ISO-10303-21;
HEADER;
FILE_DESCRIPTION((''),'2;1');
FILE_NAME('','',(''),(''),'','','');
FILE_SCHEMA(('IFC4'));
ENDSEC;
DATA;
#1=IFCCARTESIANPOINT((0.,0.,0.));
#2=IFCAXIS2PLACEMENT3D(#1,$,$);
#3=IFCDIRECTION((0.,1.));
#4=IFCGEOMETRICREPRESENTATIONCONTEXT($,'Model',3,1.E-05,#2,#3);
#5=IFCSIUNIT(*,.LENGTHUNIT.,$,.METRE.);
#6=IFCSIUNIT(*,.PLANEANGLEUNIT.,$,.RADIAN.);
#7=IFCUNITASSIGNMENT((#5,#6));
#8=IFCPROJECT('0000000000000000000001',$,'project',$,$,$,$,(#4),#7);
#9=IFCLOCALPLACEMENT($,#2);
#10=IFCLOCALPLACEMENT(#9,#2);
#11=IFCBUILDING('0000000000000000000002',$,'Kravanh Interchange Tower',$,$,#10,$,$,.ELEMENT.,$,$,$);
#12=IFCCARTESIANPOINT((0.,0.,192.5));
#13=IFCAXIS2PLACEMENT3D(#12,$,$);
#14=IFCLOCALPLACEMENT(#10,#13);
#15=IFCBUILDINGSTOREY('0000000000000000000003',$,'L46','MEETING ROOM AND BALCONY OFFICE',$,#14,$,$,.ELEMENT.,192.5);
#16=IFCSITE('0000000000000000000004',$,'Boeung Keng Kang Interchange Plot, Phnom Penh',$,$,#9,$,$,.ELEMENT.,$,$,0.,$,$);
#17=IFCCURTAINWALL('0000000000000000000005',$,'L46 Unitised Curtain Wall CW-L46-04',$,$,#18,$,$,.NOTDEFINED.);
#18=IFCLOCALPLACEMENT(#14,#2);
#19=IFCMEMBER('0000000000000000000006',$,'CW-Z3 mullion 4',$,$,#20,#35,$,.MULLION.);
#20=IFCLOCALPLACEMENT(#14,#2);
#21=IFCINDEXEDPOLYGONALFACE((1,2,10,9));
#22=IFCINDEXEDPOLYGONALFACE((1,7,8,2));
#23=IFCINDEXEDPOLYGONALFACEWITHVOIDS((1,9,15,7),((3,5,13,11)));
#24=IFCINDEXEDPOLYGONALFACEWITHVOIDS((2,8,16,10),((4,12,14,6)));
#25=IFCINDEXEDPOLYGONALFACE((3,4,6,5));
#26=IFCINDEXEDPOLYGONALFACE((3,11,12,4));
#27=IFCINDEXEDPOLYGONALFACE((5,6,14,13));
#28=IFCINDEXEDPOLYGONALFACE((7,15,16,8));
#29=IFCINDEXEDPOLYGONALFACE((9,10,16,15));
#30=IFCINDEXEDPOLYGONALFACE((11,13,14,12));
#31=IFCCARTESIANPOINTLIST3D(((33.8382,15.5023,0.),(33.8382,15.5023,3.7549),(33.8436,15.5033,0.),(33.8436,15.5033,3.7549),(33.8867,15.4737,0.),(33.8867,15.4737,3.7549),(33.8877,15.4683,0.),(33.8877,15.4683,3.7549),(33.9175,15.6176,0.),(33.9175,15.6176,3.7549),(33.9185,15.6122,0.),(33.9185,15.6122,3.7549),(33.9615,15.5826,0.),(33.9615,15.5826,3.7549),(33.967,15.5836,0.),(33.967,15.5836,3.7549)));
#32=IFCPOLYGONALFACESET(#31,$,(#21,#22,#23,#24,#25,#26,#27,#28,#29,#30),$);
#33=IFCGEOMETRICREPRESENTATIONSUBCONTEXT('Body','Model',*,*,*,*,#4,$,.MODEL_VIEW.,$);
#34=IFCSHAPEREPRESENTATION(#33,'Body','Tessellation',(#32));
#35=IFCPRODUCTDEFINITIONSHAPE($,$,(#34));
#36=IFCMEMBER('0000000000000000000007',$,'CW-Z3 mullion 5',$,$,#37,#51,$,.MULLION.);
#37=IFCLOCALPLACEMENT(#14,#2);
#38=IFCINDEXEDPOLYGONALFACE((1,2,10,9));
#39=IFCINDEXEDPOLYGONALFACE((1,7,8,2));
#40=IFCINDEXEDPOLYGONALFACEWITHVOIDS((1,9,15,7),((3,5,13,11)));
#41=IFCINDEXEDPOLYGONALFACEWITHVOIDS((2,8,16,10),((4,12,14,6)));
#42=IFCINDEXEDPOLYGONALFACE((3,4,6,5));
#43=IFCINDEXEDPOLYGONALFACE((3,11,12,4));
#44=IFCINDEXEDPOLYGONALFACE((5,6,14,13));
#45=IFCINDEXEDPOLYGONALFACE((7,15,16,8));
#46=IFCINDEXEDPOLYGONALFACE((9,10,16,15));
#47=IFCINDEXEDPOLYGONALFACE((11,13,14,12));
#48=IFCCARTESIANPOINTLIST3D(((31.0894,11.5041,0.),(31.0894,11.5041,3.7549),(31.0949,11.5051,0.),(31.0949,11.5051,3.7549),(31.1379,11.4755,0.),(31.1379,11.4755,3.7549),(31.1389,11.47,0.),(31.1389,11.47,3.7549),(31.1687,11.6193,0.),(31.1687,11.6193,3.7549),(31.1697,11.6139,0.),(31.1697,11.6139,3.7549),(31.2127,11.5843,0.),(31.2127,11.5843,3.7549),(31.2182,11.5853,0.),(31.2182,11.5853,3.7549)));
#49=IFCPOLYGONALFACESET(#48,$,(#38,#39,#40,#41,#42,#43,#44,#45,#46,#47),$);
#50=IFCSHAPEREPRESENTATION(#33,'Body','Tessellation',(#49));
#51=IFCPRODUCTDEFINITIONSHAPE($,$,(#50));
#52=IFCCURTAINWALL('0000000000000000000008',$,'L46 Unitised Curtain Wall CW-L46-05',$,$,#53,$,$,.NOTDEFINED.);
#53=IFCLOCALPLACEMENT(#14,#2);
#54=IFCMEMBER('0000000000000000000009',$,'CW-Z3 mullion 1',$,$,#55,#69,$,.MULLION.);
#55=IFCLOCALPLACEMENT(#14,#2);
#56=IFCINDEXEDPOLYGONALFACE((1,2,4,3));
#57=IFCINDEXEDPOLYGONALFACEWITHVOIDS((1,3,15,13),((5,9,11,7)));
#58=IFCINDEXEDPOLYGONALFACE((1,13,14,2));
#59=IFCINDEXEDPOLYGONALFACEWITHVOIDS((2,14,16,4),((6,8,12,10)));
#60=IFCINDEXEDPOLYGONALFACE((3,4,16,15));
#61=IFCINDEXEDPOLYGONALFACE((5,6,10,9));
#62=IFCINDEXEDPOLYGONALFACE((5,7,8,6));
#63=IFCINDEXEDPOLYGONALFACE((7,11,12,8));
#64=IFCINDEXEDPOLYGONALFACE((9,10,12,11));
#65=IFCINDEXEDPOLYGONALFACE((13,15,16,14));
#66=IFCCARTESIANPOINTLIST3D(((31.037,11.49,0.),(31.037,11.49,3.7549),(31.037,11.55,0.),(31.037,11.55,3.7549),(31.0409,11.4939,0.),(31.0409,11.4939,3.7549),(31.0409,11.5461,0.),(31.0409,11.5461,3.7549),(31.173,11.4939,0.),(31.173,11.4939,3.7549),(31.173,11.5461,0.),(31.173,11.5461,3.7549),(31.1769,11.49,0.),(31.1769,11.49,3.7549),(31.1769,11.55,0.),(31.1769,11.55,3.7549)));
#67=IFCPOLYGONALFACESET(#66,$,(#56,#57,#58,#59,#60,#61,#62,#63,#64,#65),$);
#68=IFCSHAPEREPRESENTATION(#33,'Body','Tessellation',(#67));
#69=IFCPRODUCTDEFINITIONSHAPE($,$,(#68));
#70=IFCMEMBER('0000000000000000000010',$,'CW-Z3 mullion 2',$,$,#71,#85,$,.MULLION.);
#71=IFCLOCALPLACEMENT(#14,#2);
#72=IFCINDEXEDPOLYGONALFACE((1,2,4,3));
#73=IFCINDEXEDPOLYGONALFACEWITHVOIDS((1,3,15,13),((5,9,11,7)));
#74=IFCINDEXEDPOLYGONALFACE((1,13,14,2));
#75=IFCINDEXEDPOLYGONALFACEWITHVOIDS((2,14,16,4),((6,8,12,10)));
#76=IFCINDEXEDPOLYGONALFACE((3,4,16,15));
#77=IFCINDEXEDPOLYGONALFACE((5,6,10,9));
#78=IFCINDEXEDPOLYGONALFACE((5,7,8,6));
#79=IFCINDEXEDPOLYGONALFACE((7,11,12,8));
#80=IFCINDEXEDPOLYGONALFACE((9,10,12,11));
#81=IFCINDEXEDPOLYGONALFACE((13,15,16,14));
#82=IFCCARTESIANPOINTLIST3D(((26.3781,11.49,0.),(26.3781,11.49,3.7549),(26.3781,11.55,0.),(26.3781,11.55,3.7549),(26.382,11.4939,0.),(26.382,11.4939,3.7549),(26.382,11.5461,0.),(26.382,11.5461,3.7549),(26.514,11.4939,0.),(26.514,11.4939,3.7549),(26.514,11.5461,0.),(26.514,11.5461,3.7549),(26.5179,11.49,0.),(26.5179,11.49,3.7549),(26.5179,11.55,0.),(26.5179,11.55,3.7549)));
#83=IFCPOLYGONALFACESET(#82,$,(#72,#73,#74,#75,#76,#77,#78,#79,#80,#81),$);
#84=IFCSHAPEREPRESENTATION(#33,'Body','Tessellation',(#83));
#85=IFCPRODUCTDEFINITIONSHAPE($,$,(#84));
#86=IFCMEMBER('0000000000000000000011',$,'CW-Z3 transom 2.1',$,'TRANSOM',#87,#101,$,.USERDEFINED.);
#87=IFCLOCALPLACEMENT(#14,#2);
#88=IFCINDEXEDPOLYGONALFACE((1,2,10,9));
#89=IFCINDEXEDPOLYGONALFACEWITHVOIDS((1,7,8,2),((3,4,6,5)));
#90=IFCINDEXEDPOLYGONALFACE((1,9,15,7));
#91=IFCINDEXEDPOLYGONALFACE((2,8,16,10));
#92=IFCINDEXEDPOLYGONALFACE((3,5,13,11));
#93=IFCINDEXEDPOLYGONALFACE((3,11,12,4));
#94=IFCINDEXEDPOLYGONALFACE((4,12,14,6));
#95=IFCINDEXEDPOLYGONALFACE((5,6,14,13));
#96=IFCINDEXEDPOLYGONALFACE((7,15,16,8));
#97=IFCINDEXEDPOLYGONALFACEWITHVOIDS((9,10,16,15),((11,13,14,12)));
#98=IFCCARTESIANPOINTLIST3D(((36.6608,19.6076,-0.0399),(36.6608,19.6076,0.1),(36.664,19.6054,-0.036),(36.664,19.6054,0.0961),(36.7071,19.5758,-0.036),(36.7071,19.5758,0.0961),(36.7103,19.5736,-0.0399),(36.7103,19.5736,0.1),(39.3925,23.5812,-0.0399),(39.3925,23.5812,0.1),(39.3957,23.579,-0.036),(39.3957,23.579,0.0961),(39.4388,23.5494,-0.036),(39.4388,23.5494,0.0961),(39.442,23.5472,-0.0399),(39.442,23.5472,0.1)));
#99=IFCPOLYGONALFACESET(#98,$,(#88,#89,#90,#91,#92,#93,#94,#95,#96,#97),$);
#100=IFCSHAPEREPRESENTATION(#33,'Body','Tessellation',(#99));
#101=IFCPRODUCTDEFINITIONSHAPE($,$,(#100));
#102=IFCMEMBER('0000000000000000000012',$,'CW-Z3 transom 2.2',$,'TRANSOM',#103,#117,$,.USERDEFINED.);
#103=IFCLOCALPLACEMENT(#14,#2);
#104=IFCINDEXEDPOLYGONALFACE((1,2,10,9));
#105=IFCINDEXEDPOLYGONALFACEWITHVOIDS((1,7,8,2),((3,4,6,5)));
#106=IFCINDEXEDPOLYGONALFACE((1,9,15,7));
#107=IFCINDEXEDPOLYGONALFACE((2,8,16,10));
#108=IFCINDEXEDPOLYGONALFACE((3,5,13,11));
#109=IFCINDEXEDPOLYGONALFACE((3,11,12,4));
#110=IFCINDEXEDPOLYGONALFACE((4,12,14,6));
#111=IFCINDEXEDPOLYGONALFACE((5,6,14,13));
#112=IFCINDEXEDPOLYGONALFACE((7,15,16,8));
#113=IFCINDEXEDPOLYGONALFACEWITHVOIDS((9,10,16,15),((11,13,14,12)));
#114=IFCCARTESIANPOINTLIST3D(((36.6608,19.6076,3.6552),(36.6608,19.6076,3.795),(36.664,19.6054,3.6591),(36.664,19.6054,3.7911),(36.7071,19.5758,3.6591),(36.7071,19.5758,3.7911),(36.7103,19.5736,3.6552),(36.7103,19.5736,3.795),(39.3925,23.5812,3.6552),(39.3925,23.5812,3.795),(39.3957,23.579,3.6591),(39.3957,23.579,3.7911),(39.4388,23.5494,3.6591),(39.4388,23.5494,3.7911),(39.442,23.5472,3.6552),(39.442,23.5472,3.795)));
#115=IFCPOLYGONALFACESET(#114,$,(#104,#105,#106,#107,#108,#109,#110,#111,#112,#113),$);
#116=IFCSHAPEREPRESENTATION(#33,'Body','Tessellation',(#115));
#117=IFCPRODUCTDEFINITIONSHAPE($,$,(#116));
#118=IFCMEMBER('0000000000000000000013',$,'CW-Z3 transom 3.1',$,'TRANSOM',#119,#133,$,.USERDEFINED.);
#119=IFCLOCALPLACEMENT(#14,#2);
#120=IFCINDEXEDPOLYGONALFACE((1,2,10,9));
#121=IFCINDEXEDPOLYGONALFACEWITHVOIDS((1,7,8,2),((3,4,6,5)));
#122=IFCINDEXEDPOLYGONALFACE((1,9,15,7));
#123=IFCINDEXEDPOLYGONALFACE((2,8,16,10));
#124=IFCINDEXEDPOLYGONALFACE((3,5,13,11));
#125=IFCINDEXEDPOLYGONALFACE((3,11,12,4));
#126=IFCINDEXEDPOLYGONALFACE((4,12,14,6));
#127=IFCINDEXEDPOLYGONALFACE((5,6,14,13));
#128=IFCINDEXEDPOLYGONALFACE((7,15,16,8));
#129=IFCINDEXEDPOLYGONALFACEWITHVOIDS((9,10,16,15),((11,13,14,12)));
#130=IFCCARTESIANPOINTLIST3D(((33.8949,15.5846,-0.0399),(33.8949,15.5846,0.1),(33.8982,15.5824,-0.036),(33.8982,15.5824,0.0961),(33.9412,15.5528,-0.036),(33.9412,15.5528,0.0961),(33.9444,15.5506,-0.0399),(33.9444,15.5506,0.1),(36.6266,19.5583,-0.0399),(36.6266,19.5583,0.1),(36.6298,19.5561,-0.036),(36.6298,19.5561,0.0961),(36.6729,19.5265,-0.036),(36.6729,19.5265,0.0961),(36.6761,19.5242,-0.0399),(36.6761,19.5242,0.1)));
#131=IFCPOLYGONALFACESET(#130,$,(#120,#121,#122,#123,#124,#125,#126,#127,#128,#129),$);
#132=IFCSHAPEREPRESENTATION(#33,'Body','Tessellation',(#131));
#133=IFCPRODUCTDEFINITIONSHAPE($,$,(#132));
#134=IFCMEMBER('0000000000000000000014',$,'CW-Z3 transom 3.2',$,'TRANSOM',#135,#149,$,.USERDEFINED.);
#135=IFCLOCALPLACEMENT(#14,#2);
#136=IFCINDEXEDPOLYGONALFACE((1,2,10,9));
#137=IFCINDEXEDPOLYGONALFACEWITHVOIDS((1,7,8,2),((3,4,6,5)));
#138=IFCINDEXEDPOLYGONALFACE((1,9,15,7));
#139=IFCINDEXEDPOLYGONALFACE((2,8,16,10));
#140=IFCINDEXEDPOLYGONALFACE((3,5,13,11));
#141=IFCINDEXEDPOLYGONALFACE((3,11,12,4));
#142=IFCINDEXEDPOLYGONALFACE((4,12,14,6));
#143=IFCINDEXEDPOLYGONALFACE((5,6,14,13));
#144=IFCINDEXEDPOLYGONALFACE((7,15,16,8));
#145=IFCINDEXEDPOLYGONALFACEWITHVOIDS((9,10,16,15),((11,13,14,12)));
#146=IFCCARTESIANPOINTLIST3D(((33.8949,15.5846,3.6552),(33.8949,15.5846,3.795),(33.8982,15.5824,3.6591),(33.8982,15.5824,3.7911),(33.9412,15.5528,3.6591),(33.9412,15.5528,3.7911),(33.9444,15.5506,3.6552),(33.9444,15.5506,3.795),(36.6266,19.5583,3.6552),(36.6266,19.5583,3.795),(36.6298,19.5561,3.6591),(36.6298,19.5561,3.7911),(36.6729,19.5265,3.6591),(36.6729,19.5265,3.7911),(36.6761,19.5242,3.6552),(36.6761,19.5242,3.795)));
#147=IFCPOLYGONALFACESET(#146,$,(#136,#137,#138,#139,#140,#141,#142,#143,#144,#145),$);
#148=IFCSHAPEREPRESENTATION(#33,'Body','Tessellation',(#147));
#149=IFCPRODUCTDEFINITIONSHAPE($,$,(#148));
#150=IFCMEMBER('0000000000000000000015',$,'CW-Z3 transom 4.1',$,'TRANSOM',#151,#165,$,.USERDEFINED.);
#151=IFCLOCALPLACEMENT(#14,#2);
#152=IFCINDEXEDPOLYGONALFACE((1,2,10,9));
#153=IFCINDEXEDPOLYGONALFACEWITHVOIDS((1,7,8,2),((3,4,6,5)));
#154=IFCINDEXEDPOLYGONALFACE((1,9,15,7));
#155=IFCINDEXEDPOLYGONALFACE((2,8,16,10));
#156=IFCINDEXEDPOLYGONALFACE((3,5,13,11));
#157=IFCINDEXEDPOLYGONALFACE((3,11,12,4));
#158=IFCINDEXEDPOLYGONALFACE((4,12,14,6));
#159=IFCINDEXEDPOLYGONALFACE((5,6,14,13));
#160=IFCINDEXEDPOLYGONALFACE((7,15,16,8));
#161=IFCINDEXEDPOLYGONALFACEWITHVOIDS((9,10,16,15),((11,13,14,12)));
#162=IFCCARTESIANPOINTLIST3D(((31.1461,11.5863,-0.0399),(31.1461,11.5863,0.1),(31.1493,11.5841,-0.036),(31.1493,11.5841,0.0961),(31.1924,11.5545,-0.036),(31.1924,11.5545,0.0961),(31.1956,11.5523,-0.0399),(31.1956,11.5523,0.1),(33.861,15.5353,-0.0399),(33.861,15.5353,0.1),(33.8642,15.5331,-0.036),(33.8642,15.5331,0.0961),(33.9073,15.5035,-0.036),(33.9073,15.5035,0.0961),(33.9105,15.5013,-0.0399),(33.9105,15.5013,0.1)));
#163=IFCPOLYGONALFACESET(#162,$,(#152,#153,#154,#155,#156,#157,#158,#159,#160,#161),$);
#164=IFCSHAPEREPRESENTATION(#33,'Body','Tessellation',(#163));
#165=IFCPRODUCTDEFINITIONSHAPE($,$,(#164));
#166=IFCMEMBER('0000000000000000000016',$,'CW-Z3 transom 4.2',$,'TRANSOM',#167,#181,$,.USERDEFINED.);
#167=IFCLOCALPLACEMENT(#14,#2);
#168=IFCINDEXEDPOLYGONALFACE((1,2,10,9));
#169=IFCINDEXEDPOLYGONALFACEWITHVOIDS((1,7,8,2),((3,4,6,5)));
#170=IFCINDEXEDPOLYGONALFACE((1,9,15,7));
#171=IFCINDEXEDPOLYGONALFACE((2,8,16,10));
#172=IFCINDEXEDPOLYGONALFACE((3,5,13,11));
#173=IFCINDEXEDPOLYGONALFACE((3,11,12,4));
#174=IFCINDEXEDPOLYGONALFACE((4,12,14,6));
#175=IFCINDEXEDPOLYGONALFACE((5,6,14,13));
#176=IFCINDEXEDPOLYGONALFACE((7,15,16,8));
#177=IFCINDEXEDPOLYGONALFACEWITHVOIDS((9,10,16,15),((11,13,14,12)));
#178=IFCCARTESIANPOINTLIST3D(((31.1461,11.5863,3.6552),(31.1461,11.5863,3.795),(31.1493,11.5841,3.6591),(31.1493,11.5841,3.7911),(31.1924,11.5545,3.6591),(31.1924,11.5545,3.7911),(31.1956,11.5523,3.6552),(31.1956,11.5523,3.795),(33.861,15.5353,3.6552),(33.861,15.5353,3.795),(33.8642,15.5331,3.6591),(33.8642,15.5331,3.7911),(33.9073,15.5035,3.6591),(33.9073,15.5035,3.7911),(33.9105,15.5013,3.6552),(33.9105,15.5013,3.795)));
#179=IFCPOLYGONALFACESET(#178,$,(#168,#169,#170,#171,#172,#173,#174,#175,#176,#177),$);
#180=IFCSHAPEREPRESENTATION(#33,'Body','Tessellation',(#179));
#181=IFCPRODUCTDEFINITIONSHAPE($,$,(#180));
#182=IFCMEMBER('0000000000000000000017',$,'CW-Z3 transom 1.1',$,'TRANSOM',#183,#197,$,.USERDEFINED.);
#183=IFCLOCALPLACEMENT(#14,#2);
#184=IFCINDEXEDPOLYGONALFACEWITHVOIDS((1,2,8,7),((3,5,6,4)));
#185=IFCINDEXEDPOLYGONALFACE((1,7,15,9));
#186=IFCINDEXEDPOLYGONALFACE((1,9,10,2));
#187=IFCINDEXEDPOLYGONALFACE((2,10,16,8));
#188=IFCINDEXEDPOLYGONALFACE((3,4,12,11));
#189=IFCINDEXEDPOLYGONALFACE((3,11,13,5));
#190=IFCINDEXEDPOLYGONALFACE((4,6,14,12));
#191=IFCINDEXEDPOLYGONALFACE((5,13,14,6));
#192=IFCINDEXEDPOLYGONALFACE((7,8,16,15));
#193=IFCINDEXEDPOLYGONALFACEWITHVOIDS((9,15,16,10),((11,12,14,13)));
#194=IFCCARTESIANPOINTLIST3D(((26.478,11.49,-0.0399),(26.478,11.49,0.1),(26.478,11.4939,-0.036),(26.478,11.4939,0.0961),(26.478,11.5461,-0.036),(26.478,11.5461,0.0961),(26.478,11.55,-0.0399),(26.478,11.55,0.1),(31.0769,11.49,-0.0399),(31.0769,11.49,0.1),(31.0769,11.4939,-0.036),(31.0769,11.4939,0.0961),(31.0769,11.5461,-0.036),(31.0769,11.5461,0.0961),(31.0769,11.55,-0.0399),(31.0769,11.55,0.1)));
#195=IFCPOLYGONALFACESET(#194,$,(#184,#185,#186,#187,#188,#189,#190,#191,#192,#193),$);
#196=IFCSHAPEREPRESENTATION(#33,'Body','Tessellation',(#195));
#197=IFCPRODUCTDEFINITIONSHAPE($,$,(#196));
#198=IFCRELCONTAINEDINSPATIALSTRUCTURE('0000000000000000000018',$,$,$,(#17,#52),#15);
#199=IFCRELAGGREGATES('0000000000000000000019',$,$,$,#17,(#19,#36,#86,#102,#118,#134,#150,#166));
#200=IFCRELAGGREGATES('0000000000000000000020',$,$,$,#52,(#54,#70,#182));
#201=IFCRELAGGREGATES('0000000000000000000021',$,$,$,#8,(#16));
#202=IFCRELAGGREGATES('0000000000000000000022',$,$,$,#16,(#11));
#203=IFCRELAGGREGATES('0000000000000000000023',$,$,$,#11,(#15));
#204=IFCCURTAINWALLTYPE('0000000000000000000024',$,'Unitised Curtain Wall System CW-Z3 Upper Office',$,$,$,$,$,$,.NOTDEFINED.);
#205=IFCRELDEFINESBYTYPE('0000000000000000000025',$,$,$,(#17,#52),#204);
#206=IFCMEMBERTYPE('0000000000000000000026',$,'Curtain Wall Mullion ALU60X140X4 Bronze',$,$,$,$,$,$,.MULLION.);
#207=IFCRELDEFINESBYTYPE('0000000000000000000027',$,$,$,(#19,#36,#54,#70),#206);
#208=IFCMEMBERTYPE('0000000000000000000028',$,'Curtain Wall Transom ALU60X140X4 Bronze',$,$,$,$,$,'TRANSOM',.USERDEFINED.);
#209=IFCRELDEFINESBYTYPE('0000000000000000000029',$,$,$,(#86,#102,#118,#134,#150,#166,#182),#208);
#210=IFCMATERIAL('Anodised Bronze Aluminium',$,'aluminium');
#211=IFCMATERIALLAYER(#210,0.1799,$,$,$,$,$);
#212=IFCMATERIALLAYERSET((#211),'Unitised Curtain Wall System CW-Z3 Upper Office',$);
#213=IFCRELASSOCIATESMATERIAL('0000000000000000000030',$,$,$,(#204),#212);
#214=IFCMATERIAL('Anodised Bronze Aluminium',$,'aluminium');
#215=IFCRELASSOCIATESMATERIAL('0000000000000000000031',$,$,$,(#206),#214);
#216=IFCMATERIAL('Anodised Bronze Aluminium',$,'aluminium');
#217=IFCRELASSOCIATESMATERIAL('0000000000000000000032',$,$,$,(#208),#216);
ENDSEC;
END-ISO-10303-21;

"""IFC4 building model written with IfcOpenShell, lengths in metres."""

from ifc_helpers import new_model, si_unit, direction, frame, origin, origin_2d, place, context, subcontext, project, spatial, hollow_rectangle, extrude, material, layer, layer_set, material_profile, profile_set, type_object, element, aggregate, save


model = new_model("IFC4")

# Units and contexts
model_context = context("Model", 3, precision=1e-05, world=origin(), true_north=direction((0.0, 1.0)))
body_context = subcontext(model_context, "Body", "Model", "MODEL_VIEW")
ifc_project = project(units=[si_unit("LENGTHUNIT", "METRE"), si_unit("PLANEANGLEUNIT", "RADIAN")], contexts=[model_context])

# Site, building, storey
site_placement = place(None, origin())
site = spatial("IfcSite", under=ifc_project, at=site_placement, Name="Boeung Keng Kang Interchange Plot, Phnom Penh", CompositionType="ELEMENT", RefElevation=0.0)
building_placement = place(site_placement, origin())
building = spatial("IfcBuilding", under=site, at=building_placement, Name="Kravanh Interchange Tower", CompositionType="ELEMENT")
storey_placement = place(building_placement, frame((0.0, 0.0, 192.5)))
storey = spatial("IfcBuildingStorey", under=building, at=storey_placement, Name="L46", Description="MEETING ROOM AND BALCONY OFFICE", CompositionType="ELEMENT", Elevation=192.5)

# Curtain walls, members
ifc_material_1 = material(Name="Anodised Bronze Aluminium", Category="aluminium")
ifc_layer_1 = layer(ifc_material_1, 0.1799)
ifc_layer_set_1 = layer_set([ifc_layer_1], Name="Unitised Curtain Wall System CW-Z3 Upper Office")
curtain_wall_type = type_object("IfcCurtainWallType", Name="Unitised Curtain Wall System CW-Z3 Upper Office", PredefinedType="NOTDEFINED", material=ifc_layer_set_1)
curtain_wall_1_placement = place(storey_placement, origin())
curtain_wall_1 = element("IfcCurtainWall", 1, at=curtain_wall_1_placement, inside=storey, type_object=curtain_wall_type, Name="L46 Unitised Curtain Wall CW-L46-04", PredefinedType="NOTDEFINED")
ifc_material_2 = material(Name="Anodised Bronze Aluminium", Category="aluminium")
ifc_material_profile_1 = material_profile(ifc_material_2, hollow_rectangle(XDim=0.0601, YDim=0.1399, WallThickness=0.0039, at=origin_2d()), Name="ALU60X140X4")
ifc_profile_set_1 = profile_set([ifc_material_profile_1], Name="Anodised Bronze Aluminium")
member_type_1 = type_object("IfcMemberType", Name="Curtain Wall Mullion ALU60X140X4 Bronze", PredefinedType="MULLION", material=ifc_profile_set_1)
member_1_placement = place(storey_placement, frame((33.9026, 15.543, 0.0), z_axis=(0.0, 0.0, 1.0), x_axis=(0.824042, -0.566528, 0.0)))
member_1 = element("IfcMember", 2, at=member_1_placement, type_object=member_type_1, Name="CW-Z3 mullion 4", PredefinedType="MULLION", context=body_context, shape_type="SweptSolid", body=[
    extrude(hollow_rectangle(XDim=0.0601, YDim=0.1399, WallThickness=0.0039, at=origin_2d()), origin(), (0.0, 0.0, 1.0), 3.7549),
])
member_2_placement = place(storey_placement, frame((31.1538, 11.5447, 0.0), z_axis=(0.0, 0.0, 1.0), x_axis=(0.824042, -0.566528, 0.0)))
member_2 = element("IfcMember", 3, at=member_2_placement, type_object=member_type_1, Name="CW-Z3 mullion 5", PredefinedType="MULLION", context=body_context, shape_type="SweptSolid", body=[
    extrude(hollow_rectangle(XDim=0.0601, YDim=0.1399, WallThickness=0.0039, at=origin_2d()), origin(), (0.0, 0.0, 1.0), 3.7549),
])
curtain_wall_2_placement = place(storey_placement, origin())
curtain_wall_2 = element("IfcCurtainWall", 4, at=curtain_wall_2_placement, inside=storey, type_object=curtain_wall_type, Name="L46 Unitised Curtain Wall CW-L46-05", PredefinedType="NOTDEFINED")
member_3_placement = place(storey_placement, frame((31.1069, 11.52, 0.0), z_axis=(0.0, 0.0, 1.0), x_axis=(0.0, -1.0, 0.0)))
member_3 = element("IfcMember", 5, at=member_3_placement, type_object=member_type_1, Name="CW-Z3 mullion 1", PredefinedType="MULLION", context=body_context, shape_type="SweptSolid", body=[
    extrude(hollow_rectangle(XDim=0.0601, YDim=0.1399, WallThickness=0.0039, at=origin_2d()), origin(), (0.0, 0.0, 1.0), 3.7549),
])
member_4_placement = place(storey_placement, frame((26.448, 11.52, 0.0), z_axis=(0.0, 0.0, 1.0), x_axis=(0.0, -1.0, 0.0)))
member_4 = element("IfcMember", 6, at=member_4_placement, type_object=member_type_1, Name="CW-Z3 mullion 2", PredefinedType="MULLION", context=body_context, shape_type="SweptSolid", body=[
    extrude(hollow_rectangle(XDim=0.0601, YDim=0.1399, WallThickness=0.0039, at=origin_2d()), origin(), (0.0, 0.0, 1.0), 3.7549),
])

# Members
ifc_material_3 = material(Name="Anodised Bronze Aluminium", Category="aluminium")
ifc_material_profile_2 = material_profile(ifc_material_3, hollow_rectangle(XDim=0.0601, YDim=0.1399, WallThickness=0.0039, at=origin_2d()), Name="ALU60X140X4")
ifc_profile_set_2 = profile_set([ifc_material_profile_2], Name="Anodised Bronze Aluminium")
member_type_2 = type_object("IfcMemberType", Name="Curtain Wall Transom ALU60X140X4 Bronze", ElementType="TRANSOM", PredefinedType="USERDEFINED", material=ifc_profile_set_2)
member_5_placement = place(storey_placement, frame((39.4172, 23.5642, 0.03), z_axis=(-0.566503, -0.82406, 0.0), x_axis=(0.82406, -0.566503, 0.0)))
member_5 = element("IfcMember", 7, at=member_5_placement, type_object=member_type_2, Name="CW-Z3 transom 2.1", ObjectType="TRANSOM", PredefinedType="USERDEFINED", context=body_context, shape_type="SweptSolid", body=[
    extrude(hollow_rectangle(XDim=0.0601, YDim=0.1399, WallThickness=0.0039, at=origin_2d()), origin(), (0.0, 0.0, 1.0), 4.822),
])
member_6_placement = place(storey_placement, frame((39.4172, 23.5642, 3.7251), z_axis=(-0.566503, -0.82406, 0.0), x_axis=(0.82406, -0.566503, 0.0)))
member_6 = element("IfcMember", 8, at=member_6_placement, type_object=member_type_2, Name="CW-Z3 transom 2.2", ObjectType="TRANSOM", PredefinedType="USERDEFINED", context=body_context, shape_type="SweptSolid", body=[
    extrude(hollow_rectangle(XDim=0.0601, YDim=0.1399, WallThickness=0.0039, at=origin_2d()), origin(), (0.0, 0.0, 1.0), 4.822),
])
member_7_placement = place(storey_placement, frame((36.6514, 19.5413, 0.03), z_axis=(-0.566503, -0.82406, 0.0), x_axis=(0.82406, -0.566503, 0.0)))
member_7 = element("IfcMember", 9, at=member_7_placement, type_object=member_type_2, Name="CW-Z3 transom 3.1", ObjectType="TRANSOM", PredefinedType="USERDEFINED", context=body_context, shape_type="SweptSolid", body=[
    extrude(hollow_rectangle(XDim=0.0601, YDim=0.1399, WallThickness=0.0039, at=origin_2d()), origin(), (0.0, 0.0, 1.0), 4.822),
])
member_8_placement = place(storey_placement, frame((36.6514, 19.5413, 3.7251), z_axis=(-0.566503, -0.82406, 0.0), x_axis=(0.82406, -0.566503, 0.0)))
member_8 = element("IfcMember", 10, at=member_8_placement, type_object=member_type_2, Name="CW-Z3 transom 3.2", ObjectType="TRANSOM", PredefinedType="USERDEFINED", context=body_context, shape_type="SweptSolid", body=[
    extrude(hollow_rectangle(XDim=0.0601, YDim=0.1399, WallThickness=0.0039, at=origin_2d()), origin(), (0.0, 0.0, 1.0), 4.822),
])
member_9_placement = place(storey_placement, frame((33.8857, 15.5183, 0.03), z_axis=(-0.566518, -0.824049, 0.0), x_axis=(0.824049, -0.566518, 0.0)))
member_9 = element("IfcMember", 11, at=member_9_placement, type_object=member_type_2, Name="CW-Z3 transom 4.1", ObjectType="TRANSOM", PredefinedType="USERDEFINED", context=body_context, shape_type="SweptSolid", body=[
    extrude(hollow_rectangle(XDim=0.0601, YDim=0.1399, WallThickness=0.0039, at=origin_2d()), origin(), (0.0, 0.0, 1.0), 4.7922),
])
member_10_placement = place(storey_placement, frame((33.8857, 15.5183, 3.7251), z_axis=(-0.566518, -0.824049, 0.0), x_axis=(0.824049, -0.566518, 0.0)))
member_10 = element("IfcMember", 12, at=member_10_placement, type_object=member_type_2, Name="CW-Z3 transom 4.2", ObjectType="TRANSOM", PredefinedType="USERDEFINED", context=body_context, shape_type="SweptSolid", body=[
    extrude(hollow_rectangle(XDim=0.0601, YDim=0.1399, WallThickness=0.0039, at=origin_2d()), origin(), (0.0, 0.0, 1.0), 4.7922),
])
member_11_placement = place(storey_placement, frame((31.0769, 11.52, 0.03), z_axis=(-1.0, 0.0, 0.0), x_axis=(0.0, -1.0, 0.0)))
member_11 = element("IfcMember", 13, at=member_11_placement, type_object=member_type_2, Name="CW-Z3 transom 1.1", ObjectType="TRANSOM", PredefinedType="USERDEFINED", context=body_context, shape_type="SweptSolid", body=[
    extrude(hollow_rectangle(XDim=0.0601, YDim=0.1399, WallThickness=0.0039, at=origin_2d()), origin(), (0.0, 0.0, 1.0), 4.5989),
])

aggregate(curtain_wall_1, [member_1, member_2, member_5, member_6, member_7, member_8, member_9, member_10])
aggregate(curtain_wall_2, [member_3, member_4, member_11])

save(model, "model.ifc")
